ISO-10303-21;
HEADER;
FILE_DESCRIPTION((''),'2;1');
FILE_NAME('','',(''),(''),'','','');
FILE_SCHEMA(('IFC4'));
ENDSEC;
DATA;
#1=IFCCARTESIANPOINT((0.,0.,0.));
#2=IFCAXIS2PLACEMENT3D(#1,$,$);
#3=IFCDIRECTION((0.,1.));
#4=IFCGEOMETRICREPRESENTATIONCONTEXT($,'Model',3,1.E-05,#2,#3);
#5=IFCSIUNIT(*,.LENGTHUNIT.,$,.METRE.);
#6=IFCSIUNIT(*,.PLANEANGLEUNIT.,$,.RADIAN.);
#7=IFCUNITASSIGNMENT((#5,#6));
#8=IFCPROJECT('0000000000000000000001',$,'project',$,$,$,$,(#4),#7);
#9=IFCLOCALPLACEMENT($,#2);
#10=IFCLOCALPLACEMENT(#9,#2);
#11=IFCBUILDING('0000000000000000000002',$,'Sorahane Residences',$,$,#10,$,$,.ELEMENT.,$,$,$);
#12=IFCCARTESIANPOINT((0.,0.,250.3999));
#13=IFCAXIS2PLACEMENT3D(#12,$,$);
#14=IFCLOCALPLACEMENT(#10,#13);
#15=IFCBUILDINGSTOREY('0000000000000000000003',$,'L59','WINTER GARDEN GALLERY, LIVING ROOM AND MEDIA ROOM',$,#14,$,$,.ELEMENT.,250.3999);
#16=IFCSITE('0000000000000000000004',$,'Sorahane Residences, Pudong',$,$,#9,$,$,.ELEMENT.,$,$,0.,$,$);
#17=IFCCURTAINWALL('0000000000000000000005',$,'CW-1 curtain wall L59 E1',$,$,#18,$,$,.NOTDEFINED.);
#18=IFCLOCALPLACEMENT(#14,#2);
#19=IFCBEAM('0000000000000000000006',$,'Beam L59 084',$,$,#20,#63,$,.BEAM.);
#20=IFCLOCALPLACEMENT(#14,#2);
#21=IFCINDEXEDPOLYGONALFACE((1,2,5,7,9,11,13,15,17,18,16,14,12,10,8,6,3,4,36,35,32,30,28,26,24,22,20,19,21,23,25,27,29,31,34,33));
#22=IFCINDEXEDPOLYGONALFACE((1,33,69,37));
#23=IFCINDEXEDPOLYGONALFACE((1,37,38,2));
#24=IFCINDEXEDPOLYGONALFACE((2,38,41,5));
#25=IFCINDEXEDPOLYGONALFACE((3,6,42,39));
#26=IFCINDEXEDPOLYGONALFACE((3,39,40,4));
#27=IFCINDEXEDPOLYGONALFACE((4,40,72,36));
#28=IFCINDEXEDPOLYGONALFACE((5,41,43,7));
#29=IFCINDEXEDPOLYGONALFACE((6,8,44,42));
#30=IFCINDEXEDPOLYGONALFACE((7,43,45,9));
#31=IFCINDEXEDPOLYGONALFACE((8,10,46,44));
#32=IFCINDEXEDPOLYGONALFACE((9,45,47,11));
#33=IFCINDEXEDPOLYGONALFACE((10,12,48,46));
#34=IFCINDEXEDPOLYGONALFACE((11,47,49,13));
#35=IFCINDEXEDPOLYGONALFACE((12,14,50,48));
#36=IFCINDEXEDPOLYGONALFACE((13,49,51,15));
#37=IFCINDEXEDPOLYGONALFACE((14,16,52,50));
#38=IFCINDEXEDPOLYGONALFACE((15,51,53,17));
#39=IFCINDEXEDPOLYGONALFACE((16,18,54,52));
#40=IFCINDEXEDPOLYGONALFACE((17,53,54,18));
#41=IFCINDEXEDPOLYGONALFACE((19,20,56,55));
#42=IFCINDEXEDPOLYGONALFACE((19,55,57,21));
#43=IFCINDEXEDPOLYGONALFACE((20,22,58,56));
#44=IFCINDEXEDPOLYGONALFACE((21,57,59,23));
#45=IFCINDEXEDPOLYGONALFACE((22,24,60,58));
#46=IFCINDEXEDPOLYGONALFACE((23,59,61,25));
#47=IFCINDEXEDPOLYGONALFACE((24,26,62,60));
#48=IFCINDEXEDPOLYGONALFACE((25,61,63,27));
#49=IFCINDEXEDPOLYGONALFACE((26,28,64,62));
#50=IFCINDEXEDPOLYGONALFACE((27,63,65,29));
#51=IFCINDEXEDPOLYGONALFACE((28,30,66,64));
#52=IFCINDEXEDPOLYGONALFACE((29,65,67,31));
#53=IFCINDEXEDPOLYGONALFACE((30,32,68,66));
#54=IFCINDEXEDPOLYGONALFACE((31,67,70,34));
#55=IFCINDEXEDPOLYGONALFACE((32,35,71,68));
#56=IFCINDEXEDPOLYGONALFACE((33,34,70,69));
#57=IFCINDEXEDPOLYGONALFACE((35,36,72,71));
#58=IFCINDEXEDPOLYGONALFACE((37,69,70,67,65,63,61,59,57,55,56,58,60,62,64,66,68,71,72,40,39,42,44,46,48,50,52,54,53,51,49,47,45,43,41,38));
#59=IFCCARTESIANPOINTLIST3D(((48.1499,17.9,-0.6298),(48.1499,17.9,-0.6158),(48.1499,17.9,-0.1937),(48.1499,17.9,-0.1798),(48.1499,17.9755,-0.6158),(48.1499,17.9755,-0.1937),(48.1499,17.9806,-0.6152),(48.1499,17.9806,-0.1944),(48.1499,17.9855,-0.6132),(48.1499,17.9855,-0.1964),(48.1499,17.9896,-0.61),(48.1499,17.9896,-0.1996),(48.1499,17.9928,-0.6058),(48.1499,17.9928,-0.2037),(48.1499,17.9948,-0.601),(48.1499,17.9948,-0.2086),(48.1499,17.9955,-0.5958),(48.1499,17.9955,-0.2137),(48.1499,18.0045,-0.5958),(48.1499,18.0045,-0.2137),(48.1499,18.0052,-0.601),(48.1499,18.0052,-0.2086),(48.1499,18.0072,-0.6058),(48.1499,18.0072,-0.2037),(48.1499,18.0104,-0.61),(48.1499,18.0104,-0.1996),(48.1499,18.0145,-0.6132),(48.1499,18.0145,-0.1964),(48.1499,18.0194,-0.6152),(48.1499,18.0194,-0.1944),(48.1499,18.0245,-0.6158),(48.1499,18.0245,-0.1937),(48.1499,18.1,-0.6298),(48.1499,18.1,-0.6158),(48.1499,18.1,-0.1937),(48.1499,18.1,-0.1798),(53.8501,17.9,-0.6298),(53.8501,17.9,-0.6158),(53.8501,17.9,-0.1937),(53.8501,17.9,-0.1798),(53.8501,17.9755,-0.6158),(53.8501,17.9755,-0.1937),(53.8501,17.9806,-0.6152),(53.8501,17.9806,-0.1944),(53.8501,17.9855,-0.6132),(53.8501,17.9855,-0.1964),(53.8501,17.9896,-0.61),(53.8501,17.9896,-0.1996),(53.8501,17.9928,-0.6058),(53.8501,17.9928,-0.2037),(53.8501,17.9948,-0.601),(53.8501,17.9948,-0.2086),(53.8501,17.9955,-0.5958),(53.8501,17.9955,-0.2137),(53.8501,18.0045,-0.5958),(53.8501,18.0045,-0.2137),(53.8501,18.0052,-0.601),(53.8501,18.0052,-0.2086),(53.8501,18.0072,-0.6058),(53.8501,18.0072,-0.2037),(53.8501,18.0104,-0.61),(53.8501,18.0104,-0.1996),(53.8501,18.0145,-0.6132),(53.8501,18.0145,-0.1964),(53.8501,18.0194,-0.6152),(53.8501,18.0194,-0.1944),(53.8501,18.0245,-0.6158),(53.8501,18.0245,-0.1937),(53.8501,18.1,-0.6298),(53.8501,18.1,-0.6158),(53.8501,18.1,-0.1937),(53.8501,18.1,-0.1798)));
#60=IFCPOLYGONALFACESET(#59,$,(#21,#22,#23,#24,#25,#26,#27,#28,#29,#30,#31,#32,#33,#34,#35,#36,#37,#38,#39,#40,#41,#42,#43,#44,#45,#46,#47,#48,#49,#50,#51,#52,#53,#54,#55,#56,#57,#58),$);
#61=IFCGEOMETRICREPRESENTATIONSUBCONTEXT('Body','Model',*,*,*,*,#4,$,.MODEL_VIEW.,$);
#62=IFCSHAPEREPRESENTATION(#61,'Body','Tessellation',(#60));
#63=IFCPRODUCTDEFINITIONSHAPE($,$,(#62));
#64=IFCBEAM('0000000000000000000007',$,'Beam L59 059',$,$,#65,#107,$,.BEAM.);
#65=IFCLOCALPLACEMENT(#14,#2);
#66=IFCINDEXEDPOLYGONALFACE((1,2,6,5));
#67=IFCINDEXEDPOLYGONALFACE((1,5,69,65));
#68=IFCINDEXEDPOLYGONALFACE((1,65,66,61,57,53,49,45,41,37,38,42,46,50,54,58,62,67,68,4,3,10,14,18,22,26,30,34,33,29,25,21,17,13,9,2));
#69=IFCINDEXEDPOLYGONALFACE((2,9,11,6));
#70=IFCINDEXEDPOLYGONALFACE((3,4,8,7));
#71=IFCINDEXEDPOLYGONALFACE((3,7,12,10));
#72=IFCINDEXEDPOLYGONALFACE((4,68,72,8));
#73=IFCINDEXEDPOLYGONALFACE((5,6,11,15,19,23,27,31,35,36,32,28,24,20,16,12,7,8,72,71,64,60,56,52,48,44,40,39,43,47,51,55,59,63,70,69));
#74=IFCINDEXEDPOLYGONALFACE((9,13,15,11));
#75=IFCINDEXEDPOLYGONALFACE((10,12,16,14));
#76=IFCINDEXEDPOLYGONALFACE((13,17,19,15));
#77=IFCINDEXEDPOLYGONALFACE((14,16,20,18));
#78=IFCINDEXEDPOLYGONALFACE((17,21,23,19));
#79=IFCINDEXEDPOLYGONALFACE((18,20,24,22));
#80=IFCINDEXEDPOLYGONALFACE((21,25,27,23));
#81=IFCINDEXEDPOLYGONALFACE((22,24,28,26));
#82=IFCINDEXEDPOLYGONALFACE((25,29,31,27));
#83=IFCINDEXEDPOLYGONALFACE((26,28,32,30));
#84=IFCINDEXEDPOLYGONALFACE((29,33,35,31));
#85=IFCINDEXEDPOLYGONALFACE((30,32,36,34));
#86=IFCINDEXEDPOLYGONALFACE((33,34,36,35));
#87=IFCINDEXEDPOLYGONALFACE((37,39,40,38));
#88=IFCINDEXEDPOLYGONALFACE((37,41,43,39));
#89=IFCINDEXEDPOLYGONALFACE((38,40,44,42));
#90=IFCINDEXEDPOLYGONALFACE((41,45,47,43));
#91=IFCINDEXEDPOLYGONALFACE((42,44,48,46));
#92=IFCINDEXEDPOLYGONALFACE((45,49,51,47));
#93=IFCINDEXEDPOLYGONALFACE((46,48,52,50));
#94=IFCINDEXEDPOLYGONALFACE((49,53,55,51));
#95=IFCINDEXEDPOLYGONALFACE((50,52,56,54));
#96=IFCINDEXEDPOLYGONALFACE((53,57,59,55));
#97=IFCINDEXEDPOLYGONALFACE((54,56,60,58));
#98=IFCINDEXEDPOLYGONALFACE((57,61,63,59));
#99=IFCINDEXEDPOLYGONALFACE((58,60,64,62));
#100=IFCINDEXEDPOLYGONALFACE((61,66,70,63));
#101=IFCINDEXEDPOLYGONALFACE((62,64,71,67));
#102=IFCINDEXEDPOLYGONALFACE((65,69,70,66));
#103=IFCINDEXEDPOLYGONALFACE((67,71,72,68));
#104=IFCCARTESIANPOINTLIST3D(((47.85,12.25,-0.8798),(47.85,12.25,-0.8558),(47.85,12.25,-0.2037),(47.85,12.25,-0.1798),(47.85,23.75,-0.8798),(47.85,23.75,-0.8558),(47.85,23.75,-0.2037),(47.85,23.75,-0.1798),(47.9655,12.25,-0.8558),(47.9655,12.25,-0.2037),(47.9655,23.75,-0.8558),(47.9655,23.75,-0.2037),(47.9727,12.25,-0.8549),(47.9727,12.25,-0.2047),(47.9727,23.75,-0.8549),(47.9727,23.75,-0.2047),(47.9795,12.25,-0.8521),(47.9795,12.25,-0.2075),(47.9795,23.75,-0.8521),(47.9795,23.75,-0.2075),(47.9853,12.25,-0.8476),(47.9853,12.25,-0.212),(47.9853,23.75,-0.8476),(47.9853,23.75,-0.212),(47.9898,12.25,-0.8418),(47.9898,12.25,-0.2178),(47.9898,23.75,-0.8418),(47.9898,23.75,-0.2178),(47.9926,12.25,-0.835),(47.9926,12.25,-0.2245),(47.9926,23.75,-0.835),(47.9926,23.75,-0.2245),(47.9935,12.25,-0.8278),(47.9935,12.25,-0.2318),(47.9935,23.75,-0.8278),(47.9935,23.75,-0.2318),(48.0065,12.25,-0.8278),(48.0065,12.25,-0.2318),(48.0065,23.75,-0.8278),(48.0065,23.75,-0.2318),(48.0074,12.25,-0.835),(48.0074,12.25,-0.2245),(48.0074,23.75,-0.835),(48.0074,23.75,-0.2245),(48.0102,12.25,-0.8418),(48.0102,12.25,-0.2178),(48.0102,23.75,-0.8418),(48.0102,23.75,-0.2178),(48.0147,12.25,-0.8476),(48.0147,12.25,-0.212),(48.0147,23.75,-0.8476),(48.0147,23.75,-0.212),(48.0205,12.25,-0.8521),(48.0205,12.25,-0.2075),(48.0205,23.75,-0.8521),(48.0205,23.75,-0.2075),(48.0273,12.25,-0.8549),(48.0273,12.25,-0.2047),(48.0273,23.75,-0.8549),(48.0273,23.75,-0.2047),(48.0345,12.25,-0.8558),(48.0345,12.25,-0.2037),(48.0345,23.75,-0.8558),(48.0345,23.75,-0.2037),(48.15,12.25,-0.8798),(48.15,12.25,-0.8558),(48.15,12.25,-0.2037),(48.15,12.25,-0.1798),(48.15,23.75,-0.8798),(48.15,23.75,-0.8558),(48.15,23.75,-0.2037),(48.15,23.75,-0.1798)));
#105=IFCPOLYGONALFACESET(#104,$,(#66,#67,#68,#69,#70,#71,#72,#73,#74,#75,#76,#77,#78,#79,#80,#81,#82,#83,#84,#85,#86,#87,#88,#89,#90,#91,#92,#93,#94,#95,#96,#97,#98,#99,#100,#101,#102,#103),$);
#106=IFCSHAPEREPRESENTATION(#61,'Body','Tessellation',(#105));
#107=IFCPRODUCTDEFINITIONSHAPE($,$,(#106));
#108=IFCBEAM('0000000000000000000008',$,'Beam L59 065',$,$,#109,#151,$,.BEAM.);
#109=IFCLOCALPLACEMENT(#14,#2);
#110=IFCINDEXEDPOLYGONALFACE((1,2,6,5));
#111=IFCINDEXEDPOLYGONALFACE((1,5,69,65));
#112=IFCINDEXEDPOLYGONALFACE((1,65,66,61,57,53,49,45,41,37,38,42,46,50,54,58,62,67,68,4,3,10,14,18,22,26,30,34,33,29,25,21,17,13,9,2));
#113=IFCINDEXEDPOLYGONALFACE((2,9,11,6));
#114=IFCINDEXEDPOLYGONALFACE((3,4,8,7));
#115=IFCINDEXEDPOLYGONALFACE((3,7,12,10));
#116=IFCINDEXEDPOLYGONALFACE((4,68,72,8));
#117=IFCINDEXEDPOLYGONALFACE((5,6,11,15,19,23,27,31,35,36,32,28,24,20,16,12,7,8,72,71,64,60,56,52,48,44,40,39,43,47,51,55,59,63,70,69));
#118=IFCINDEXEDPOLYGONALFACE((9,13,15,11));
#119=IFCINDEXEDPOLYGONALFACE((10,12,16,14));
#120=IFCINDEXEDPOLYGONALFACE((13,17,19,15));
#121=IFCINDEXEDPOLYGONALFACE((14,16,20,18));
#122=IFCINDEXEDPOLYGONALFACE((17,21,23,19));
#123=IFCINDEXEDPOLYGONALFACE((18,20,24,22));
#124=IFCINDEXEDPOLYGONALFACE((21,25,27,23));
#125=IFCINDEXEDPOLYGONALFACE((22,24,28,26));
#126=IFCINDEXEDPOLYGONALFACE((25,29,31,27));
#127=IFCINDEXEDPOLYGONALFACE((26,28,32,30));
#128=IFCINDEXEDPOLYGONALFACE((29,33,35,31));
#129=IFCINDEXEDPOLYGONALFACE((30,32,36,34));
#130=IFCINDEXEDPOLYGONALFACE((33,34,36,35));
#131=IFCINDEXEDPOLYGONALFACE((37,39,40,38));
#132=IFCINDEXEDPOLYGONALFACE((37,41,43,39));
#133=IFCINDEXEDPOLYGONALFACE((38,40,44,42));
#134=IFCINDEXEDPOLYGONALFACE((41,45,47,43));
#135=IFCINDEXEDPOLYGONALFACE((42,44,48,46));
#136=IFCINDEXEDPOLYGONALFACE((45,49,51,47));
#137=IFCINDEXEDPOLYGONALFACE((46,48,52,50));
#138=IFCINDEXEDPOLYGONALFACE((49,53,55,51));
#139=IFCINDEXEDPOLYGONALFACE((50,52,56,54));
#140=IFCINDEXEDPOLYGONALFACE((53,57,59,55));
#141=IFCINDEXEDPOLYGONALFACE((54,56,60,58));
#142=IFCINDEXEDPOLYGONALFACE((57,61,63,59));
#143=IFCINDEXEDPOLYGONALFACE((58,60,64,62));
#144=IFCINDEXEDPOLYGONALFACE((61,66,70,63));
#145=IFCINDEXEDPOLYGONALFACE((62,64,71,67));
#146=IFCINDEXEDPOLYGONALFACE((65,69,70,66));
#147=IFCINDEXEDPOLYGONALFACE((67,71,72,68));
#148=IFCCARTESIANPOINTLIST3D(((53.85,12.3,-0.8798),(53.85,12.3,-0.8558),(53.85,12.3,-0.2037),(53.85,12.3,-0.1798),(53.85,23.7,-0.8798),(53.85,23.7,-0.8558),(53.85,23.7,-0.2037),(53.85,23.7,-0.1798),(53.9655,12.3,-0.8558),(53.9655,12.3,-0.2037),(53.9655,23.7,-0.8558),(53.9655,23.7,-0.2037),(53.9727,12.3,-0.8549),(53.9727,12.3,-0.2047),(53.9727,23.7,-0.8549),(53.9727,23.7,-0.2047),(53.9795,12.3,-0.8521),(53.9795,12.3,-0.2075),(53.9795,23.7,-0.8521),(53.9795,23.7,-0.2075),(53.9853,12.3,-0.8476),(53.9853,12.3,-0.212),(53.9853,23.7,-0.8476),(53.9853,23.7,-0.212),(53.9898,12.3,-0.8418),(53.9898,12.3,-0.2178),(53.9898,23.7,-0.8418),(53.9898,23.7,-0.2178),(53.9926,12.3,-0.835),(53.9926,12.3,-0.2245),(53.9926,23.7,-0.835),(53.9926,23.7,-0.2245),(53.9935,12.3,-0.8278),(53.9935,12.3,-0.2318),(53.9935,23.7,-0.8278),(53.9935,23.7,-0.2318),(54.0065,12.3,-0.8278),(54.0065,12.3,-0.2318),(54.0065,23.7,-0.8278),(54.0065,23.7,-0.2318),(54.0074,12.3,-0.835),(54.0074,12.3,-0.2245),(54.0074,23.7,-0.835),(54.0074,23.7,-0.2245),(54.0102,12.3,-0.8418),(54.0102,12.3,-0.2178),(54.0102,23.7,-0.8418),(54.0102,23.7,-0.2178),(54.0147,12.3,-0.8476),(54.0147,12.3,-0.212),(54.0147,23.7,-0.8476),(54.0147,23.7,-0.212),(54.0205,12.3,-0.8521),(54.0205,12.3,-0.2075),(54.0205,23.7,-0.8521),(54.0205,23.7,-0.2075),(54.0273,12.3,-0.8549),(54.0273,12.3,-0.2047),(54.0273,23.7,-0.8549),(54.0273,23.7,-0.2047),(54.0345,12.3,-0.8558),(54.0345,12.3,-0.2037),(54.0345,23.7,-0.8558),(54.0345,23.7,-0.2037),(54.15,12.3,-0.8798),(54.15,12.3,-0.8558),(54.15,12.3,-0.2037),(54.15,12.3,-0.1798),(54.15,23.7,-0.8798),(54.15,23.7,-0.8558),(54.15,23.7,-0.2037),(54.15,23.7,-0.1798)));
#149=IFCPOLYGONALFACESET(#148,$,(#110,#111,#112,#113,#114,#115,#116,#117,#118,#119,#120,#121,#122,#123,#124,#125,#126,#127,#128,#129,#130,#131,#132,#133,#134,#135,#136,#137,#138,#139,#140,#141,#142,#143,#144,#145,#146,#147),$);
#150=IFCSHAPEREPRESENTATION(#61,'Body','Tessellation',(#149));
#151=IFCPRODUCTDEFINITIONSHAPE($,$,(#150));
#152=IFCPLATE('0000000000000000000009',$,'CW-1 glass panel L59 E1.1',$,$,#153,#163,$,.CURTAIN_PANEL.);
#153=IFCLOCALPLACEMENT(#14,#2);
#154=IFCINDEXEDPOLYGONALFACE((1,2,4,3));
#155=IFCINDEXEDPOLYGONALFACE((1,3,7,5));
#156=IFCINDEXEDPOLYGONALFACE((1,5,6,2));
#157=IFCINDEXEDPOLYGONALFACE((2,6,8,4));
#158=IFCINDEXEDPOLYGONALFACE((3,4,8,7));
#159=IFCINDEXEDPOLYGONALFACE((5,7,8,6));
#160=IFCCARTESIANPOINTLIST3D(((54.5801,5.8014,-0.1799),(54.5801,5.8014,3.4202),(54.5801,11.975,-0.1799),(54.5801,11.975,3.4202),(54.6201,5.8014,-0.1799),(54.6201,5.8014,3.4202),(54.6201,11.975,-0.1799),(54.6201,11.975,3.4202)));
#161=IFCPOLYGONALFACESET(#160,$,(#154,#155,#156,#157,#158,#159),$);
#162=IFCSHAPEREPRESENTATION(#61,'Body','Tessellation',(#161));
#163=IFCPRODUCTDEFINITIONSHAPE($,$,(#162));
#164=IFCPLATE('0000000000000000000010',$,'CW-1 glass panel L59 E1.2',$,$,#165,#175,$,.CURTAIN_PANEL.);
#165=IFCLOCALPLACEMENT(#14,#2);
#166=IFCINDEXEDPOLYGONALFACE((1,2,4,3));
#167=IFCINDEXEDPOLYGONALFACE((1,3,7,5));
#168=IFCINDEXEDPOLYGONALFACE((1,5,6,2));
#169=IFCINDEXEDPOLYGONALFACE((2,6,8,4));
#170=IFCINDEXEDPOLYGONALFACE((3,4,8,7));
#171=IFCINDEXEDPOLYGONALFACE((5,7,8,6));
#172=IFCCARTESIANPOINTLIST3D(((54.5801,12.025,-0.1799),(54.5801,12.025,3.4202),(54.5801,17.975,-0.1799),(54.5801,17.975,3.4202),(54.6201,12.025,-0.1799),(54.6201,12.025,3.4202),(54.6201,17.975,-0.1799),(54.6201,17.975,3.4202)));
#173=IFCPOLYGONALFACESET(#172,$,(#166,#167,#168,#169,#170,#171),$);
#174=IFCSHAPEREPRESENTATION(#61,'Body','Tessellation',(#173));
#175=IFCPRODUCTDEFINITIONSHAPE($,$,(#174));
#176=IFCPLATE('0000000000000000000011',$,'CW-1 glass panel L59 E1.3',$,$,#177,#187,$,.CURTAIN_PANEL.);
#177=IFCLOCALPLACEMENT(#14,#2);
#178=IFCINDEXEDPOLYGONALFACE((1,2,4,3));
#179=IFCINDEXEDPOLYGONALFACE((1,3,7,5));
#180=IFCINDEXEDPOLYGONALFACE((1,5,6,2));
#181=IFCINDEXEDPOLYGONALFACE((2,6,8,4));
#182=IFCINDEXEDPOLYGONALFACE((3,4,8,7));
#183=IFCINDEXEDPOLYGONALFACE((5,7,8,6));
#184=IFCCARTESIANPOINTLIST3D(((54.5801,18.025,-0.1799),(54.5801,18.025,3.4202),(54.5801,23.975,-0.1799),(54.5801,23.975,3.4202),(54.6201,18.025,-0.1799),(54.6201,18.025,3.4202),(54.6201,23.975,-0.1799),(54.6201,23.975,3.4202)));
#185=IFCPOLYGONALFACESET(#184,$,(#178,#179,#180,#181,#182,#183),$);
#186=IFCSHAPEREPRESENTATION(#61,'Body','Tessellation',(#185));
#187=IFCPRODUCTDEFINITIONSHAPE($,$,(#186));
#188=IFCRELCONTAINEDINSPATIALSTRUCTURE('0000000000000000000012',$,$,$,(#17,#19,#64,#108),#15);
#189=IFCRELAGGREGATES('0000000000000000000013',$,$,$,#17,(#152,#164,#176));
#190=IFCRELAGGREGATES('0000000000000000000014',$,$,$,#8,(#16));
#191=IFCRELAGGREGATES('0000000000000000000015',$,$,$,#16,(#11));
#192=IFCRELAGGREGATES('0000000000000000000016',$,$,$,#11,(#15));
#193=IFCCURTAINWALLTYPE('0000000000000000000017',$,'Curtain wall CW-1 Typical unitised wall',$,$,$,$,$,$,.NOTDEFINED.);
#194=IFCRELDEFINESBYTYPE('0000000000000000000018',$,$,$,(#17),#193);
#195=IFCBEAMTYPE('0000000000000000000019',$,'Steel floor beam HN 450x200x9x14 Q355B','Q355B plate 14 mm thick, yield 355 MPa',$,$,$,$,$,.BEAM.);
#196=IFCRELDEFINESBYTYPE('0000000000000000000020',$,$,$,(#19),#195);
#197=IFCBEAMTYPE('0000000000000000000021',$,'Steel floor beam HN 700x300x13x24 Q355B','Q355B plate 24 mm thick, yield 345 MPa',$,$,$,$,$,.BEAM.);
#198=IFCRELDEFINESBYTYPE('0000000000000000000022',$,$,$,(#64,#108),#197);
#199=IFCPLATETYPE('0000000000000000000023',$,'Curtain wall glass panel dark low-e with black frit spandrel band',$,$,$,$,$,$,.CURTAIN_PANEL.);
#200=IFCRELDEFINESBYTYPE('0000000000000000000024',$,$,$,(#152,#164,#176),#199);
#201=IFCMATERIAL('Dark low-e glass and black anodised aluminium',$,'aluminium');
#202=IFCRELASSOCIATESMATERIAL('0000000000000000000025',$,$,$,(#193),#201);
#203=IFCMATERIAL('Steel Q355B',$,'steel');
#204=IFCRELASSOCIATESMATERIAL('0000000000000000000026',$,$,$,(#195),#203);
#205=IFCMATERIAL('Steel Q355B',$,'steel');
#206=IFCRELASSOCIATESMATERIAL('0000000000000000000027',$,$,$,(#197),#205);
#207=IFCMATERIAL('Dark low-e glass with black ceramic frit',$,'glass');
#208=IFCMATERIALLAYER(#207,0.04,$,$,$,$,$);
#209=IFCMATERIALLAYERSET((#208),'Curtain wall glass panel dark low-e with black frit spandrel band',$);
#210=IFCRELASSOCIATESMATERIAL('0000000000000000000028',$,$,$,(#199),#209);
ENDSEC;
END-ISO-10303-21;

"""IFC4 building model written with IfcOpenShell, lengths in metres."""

from ifc_helpers import new_model, si_unit, direction, frame, origin, origin_2d, place, context, subcontext, project, spatial, rectangle, i_section, extrude, material, layer, layer_set, material_profile, profile_set, type_object, element, aggregate, save


model = new_model("IFC4")

# Units and contexts
model_context = context("Model", 3, precision=1e-05, world=origin(), true_north=direction((0.0, 1.0)))
body_context = subcontext(model_context, "Body", "Model", "MODEL_VIEW")
ifc_project = project(units=[si_unit("LENGTHUNIT", "METRE"), si_unit("PLANEANGLEUNIT", "RADIAN")], contexts=[model_context])

# Site, building, storey
site_placement = place(None, origin())
site = spatial("IfcSite", under=ifc_project, at=site_placement, Name="Sorahane Residences, Pudong", CompositionType="ELEMENT", RefElevation=0.0)
building_placement = place(site_placement, origin())
building = spatial("IfcBuilding", under=site, at=building_placement, Name="Sorahane Residences", CompositionType="ELEMENT")
storey_placement = place(building_placement, frame((0.0, 0.0, 250.3999)))
storey = spatial("IfcBuildingStorey", under=building, at=storey_placement, Name="L59", Description="WINTER GARDEN GALLERY, LIVING ROOM AND MEDIA ROOM", CompositionType="ELEMENT", Elevation=250.3999)

# Curtain wall
ifc_material_1 = material(Name="Dark low-e glass and black anodised aluminium", Category="aluminium")
curtain_wall_type = type_object("IfcCurtainWallType", Name="Curtain wall CW-1 Typical unitised wall", PredefinedType="NOTDEFINED", material=ifc_material_1)
curtain_wall_placement = place(storey_placement, origin())
curtain_wall = element("IfcCurtainWall", 1, at=curtain_wall_placement, inside=storey, type_object=curtain_wall_type, Name="CW-1 curtain wall L59 E1", PredefinedType="NOTDEFINED")

# Beams
ifc_material_2 = material(Name="Steel Q355B", Category="steel")
ifc_material_profile_1 = material_profile(ifc_material_2, i_section(OverallWidth=0.2, OverallDepth=0.45, WebThickness=0.009, FlangeThickness=0.0139, FilletRadius=0.02, at=origin_2d()), Name="HN 450x200x9x14")
ifc_profile_set_1 = profile_set([ifc_material_profile_1], Name="Steel Q355B")
beam_type_1 = type_object("IfcBeamType", Name="Steel floor beam HN 450x200x9x14 Q355B", Description="Q355B plate 14 mm thick, yield 355 MPa", PredefinedType="BEAM", material=ifc_profile_set_1)
for number, where, z_axis, x_axis, name in (
    (2, (48.1499, 18.0, -0.4048), (1.0, 0.0, 0.0), (0.0, 1.0, 0.0), "Beam L59 084"),
):
    element("IfcBeam", number, at=place(storey_placement, frame(where, z_axis=z_axis, x_axis=x_axis)), inside=storey, type_object=beam_type_1, Name=name, PredefinedType="BEAM", context=body_context, shape_type="SweptSolid", body=[
        extrude(i_section(OverallWidth=0.2, OverallDepth=0.45, WebThickness=0.009, FlangeThickness=0.0139, FilletRadius=0.02, at=origin_2d()), origin(), (0.0, 0.0, 1.0), 5.7002),
    ])
ifc_material_3 = material(Name="Steel Q355B", Category="steel")
ifc_material_profile_2 = material_profile(ifc_material_3, i_section(OverallWidth=0.3, OverallDepth=0.7, WebThickness=0.0129, FlangeThickness=0.0239, FilletRadius=0.0281, at=origin_2d()), Name="HN 700x300x13x24")
ifc_profile_set_2 = profile_set([ifc_material_profile_2], Name="Steel Q355B")
beam_type_2 = type_object("IfcBeamType", Name="Steel floor beam HN 700x300x13x24 Q355B", Description="Q355B plate 24 mm thick, yield 345 MPa", PredefinedType="BEAM", material=ifc_profile_set_2)
beam_1_placement = place(storey_placement, frame((48.0, 12.25, -0.5298), z_axis=(0.0, 1.0, 0.0), x_axis=(-1.0, 0.0, 0.0)))
element("IfcBeam", 3, at=beam_1_placement, inside=storey, type_object=beam_type_2, Name="Beam L59 059", PredefinedType="BEAM", context=body_context, shape_type="SweptSolid", body=[
    extrude(i_section(OverallWidth=0.3, OverallDepth=0.7, WebThickness=0.0129, FlangeThickness=0.0239, FilletRadius=0.0281, at=origin_2d()), origin(), (0.0, 0.0, 1.0), 11.5),
])
beam_2_placement = place(storey_placement, frame((54.0, 12.3, -0.5298), z_axis=(0.0, 1.0, 0.0), x_axis=(-1.0, 0.0, 0.0)))
element("IfcBeam", 4, at=beam_2_placement, inside=storey, type_object=beam_type_2, Name="Beam L59 065", PredefinedType="BEAM", context=body_context, shape_type="SweptSolid", body=[
    extrude(i_section(OverallWidth=0.3, OverallDepth=0.7, WebThickness=0.0129, FlangeThickness=0.0239, FilletRadius=0.0281, at=origin_2d()), origin(), (0.0, 0.0, 1.0), 11.3999),
])

# Plates
ifc_material_4 = material(Name="Dark low-e glass with black ceramic frit", Category="glass")
ifc_layer_1 = layer(ifc_material_4, 0.04)
ifc_layer_set_1 = layer_set([ifc_layer_1], Name="Curtain wall glass panel dark low-e with black frit spandrel band")
plate_type = type_object("IfcPlateType", Name="Curtain wall glass panel dark low-e with black frit spandrel band", PredefinedType="CURTAIN_PANEL", material=ifc_layer_set_1)
plate_1_placement = place(storey_placement, frame((54.6001, 8.8882, -0.1799), z_axis=(0.0, 0.0, 1.0), x_axis=(0.0, 1.0, 0.0)))
plate_1 = element("IfcPlate", 5, at=plate_1_placement, type_object=plate_type, Name="CW-1 glass panel L59 E1.1", PredefinedType="CURTAIN_PANEL", context=body_context, shape_type="SweptSolid", body=[
    extrude(rectangle(XDim=6.1736, YDim=0.04, at=origin_2d()), origin(), (0.0, 0.0, 1.0), 3.6001),
])
plate_2_placement = place(storey_placement, frame((54.6001, 15.0, -0.1799), z_axis=(0.0, 0.0, 1.0), x_axis=(0.0, 1.0, 0.0)))
plate_2 = element("IfcPlate", 6, at=plate_2_placement, type_object=plate_type, Name="CW-1 glass panel L59 E1.2", PredefinedType="CURTAIN_PANEL", context=body_context, shape_type="SweptSolid", body=[
    extrude(rectangle(XDim=5.95, YDim=0.04, at=origin_2d()), origin(), (0.0, 0.0, 1.0), 3.6001),
])
plate_3_placement = place(storey_placement, frame((54.6001, 21.0, -0.1799), z_axis=(0.0, 0.0, 1.0), x_axis=(0.0, 1.0, 0.0)))
plate_3 = element("IfcPlate", 7, at=plate_3_placement, type_object=plate_type, Name="CW-1 glass panel L59 E1.3", PredefinedType="CURTAIN_PANEL", context=body_context, shape_type="SweptSolid", body=[
    extrude(rectangle(XDim=5.95, YDim=0.04, at=origin_2d()), origin(), (0.0, 0.0, 1.0), 3.6001),
])
aggregate(curtain_wall, [plate_1, plate_2, plate_3])

save(model, "model.ifc")
